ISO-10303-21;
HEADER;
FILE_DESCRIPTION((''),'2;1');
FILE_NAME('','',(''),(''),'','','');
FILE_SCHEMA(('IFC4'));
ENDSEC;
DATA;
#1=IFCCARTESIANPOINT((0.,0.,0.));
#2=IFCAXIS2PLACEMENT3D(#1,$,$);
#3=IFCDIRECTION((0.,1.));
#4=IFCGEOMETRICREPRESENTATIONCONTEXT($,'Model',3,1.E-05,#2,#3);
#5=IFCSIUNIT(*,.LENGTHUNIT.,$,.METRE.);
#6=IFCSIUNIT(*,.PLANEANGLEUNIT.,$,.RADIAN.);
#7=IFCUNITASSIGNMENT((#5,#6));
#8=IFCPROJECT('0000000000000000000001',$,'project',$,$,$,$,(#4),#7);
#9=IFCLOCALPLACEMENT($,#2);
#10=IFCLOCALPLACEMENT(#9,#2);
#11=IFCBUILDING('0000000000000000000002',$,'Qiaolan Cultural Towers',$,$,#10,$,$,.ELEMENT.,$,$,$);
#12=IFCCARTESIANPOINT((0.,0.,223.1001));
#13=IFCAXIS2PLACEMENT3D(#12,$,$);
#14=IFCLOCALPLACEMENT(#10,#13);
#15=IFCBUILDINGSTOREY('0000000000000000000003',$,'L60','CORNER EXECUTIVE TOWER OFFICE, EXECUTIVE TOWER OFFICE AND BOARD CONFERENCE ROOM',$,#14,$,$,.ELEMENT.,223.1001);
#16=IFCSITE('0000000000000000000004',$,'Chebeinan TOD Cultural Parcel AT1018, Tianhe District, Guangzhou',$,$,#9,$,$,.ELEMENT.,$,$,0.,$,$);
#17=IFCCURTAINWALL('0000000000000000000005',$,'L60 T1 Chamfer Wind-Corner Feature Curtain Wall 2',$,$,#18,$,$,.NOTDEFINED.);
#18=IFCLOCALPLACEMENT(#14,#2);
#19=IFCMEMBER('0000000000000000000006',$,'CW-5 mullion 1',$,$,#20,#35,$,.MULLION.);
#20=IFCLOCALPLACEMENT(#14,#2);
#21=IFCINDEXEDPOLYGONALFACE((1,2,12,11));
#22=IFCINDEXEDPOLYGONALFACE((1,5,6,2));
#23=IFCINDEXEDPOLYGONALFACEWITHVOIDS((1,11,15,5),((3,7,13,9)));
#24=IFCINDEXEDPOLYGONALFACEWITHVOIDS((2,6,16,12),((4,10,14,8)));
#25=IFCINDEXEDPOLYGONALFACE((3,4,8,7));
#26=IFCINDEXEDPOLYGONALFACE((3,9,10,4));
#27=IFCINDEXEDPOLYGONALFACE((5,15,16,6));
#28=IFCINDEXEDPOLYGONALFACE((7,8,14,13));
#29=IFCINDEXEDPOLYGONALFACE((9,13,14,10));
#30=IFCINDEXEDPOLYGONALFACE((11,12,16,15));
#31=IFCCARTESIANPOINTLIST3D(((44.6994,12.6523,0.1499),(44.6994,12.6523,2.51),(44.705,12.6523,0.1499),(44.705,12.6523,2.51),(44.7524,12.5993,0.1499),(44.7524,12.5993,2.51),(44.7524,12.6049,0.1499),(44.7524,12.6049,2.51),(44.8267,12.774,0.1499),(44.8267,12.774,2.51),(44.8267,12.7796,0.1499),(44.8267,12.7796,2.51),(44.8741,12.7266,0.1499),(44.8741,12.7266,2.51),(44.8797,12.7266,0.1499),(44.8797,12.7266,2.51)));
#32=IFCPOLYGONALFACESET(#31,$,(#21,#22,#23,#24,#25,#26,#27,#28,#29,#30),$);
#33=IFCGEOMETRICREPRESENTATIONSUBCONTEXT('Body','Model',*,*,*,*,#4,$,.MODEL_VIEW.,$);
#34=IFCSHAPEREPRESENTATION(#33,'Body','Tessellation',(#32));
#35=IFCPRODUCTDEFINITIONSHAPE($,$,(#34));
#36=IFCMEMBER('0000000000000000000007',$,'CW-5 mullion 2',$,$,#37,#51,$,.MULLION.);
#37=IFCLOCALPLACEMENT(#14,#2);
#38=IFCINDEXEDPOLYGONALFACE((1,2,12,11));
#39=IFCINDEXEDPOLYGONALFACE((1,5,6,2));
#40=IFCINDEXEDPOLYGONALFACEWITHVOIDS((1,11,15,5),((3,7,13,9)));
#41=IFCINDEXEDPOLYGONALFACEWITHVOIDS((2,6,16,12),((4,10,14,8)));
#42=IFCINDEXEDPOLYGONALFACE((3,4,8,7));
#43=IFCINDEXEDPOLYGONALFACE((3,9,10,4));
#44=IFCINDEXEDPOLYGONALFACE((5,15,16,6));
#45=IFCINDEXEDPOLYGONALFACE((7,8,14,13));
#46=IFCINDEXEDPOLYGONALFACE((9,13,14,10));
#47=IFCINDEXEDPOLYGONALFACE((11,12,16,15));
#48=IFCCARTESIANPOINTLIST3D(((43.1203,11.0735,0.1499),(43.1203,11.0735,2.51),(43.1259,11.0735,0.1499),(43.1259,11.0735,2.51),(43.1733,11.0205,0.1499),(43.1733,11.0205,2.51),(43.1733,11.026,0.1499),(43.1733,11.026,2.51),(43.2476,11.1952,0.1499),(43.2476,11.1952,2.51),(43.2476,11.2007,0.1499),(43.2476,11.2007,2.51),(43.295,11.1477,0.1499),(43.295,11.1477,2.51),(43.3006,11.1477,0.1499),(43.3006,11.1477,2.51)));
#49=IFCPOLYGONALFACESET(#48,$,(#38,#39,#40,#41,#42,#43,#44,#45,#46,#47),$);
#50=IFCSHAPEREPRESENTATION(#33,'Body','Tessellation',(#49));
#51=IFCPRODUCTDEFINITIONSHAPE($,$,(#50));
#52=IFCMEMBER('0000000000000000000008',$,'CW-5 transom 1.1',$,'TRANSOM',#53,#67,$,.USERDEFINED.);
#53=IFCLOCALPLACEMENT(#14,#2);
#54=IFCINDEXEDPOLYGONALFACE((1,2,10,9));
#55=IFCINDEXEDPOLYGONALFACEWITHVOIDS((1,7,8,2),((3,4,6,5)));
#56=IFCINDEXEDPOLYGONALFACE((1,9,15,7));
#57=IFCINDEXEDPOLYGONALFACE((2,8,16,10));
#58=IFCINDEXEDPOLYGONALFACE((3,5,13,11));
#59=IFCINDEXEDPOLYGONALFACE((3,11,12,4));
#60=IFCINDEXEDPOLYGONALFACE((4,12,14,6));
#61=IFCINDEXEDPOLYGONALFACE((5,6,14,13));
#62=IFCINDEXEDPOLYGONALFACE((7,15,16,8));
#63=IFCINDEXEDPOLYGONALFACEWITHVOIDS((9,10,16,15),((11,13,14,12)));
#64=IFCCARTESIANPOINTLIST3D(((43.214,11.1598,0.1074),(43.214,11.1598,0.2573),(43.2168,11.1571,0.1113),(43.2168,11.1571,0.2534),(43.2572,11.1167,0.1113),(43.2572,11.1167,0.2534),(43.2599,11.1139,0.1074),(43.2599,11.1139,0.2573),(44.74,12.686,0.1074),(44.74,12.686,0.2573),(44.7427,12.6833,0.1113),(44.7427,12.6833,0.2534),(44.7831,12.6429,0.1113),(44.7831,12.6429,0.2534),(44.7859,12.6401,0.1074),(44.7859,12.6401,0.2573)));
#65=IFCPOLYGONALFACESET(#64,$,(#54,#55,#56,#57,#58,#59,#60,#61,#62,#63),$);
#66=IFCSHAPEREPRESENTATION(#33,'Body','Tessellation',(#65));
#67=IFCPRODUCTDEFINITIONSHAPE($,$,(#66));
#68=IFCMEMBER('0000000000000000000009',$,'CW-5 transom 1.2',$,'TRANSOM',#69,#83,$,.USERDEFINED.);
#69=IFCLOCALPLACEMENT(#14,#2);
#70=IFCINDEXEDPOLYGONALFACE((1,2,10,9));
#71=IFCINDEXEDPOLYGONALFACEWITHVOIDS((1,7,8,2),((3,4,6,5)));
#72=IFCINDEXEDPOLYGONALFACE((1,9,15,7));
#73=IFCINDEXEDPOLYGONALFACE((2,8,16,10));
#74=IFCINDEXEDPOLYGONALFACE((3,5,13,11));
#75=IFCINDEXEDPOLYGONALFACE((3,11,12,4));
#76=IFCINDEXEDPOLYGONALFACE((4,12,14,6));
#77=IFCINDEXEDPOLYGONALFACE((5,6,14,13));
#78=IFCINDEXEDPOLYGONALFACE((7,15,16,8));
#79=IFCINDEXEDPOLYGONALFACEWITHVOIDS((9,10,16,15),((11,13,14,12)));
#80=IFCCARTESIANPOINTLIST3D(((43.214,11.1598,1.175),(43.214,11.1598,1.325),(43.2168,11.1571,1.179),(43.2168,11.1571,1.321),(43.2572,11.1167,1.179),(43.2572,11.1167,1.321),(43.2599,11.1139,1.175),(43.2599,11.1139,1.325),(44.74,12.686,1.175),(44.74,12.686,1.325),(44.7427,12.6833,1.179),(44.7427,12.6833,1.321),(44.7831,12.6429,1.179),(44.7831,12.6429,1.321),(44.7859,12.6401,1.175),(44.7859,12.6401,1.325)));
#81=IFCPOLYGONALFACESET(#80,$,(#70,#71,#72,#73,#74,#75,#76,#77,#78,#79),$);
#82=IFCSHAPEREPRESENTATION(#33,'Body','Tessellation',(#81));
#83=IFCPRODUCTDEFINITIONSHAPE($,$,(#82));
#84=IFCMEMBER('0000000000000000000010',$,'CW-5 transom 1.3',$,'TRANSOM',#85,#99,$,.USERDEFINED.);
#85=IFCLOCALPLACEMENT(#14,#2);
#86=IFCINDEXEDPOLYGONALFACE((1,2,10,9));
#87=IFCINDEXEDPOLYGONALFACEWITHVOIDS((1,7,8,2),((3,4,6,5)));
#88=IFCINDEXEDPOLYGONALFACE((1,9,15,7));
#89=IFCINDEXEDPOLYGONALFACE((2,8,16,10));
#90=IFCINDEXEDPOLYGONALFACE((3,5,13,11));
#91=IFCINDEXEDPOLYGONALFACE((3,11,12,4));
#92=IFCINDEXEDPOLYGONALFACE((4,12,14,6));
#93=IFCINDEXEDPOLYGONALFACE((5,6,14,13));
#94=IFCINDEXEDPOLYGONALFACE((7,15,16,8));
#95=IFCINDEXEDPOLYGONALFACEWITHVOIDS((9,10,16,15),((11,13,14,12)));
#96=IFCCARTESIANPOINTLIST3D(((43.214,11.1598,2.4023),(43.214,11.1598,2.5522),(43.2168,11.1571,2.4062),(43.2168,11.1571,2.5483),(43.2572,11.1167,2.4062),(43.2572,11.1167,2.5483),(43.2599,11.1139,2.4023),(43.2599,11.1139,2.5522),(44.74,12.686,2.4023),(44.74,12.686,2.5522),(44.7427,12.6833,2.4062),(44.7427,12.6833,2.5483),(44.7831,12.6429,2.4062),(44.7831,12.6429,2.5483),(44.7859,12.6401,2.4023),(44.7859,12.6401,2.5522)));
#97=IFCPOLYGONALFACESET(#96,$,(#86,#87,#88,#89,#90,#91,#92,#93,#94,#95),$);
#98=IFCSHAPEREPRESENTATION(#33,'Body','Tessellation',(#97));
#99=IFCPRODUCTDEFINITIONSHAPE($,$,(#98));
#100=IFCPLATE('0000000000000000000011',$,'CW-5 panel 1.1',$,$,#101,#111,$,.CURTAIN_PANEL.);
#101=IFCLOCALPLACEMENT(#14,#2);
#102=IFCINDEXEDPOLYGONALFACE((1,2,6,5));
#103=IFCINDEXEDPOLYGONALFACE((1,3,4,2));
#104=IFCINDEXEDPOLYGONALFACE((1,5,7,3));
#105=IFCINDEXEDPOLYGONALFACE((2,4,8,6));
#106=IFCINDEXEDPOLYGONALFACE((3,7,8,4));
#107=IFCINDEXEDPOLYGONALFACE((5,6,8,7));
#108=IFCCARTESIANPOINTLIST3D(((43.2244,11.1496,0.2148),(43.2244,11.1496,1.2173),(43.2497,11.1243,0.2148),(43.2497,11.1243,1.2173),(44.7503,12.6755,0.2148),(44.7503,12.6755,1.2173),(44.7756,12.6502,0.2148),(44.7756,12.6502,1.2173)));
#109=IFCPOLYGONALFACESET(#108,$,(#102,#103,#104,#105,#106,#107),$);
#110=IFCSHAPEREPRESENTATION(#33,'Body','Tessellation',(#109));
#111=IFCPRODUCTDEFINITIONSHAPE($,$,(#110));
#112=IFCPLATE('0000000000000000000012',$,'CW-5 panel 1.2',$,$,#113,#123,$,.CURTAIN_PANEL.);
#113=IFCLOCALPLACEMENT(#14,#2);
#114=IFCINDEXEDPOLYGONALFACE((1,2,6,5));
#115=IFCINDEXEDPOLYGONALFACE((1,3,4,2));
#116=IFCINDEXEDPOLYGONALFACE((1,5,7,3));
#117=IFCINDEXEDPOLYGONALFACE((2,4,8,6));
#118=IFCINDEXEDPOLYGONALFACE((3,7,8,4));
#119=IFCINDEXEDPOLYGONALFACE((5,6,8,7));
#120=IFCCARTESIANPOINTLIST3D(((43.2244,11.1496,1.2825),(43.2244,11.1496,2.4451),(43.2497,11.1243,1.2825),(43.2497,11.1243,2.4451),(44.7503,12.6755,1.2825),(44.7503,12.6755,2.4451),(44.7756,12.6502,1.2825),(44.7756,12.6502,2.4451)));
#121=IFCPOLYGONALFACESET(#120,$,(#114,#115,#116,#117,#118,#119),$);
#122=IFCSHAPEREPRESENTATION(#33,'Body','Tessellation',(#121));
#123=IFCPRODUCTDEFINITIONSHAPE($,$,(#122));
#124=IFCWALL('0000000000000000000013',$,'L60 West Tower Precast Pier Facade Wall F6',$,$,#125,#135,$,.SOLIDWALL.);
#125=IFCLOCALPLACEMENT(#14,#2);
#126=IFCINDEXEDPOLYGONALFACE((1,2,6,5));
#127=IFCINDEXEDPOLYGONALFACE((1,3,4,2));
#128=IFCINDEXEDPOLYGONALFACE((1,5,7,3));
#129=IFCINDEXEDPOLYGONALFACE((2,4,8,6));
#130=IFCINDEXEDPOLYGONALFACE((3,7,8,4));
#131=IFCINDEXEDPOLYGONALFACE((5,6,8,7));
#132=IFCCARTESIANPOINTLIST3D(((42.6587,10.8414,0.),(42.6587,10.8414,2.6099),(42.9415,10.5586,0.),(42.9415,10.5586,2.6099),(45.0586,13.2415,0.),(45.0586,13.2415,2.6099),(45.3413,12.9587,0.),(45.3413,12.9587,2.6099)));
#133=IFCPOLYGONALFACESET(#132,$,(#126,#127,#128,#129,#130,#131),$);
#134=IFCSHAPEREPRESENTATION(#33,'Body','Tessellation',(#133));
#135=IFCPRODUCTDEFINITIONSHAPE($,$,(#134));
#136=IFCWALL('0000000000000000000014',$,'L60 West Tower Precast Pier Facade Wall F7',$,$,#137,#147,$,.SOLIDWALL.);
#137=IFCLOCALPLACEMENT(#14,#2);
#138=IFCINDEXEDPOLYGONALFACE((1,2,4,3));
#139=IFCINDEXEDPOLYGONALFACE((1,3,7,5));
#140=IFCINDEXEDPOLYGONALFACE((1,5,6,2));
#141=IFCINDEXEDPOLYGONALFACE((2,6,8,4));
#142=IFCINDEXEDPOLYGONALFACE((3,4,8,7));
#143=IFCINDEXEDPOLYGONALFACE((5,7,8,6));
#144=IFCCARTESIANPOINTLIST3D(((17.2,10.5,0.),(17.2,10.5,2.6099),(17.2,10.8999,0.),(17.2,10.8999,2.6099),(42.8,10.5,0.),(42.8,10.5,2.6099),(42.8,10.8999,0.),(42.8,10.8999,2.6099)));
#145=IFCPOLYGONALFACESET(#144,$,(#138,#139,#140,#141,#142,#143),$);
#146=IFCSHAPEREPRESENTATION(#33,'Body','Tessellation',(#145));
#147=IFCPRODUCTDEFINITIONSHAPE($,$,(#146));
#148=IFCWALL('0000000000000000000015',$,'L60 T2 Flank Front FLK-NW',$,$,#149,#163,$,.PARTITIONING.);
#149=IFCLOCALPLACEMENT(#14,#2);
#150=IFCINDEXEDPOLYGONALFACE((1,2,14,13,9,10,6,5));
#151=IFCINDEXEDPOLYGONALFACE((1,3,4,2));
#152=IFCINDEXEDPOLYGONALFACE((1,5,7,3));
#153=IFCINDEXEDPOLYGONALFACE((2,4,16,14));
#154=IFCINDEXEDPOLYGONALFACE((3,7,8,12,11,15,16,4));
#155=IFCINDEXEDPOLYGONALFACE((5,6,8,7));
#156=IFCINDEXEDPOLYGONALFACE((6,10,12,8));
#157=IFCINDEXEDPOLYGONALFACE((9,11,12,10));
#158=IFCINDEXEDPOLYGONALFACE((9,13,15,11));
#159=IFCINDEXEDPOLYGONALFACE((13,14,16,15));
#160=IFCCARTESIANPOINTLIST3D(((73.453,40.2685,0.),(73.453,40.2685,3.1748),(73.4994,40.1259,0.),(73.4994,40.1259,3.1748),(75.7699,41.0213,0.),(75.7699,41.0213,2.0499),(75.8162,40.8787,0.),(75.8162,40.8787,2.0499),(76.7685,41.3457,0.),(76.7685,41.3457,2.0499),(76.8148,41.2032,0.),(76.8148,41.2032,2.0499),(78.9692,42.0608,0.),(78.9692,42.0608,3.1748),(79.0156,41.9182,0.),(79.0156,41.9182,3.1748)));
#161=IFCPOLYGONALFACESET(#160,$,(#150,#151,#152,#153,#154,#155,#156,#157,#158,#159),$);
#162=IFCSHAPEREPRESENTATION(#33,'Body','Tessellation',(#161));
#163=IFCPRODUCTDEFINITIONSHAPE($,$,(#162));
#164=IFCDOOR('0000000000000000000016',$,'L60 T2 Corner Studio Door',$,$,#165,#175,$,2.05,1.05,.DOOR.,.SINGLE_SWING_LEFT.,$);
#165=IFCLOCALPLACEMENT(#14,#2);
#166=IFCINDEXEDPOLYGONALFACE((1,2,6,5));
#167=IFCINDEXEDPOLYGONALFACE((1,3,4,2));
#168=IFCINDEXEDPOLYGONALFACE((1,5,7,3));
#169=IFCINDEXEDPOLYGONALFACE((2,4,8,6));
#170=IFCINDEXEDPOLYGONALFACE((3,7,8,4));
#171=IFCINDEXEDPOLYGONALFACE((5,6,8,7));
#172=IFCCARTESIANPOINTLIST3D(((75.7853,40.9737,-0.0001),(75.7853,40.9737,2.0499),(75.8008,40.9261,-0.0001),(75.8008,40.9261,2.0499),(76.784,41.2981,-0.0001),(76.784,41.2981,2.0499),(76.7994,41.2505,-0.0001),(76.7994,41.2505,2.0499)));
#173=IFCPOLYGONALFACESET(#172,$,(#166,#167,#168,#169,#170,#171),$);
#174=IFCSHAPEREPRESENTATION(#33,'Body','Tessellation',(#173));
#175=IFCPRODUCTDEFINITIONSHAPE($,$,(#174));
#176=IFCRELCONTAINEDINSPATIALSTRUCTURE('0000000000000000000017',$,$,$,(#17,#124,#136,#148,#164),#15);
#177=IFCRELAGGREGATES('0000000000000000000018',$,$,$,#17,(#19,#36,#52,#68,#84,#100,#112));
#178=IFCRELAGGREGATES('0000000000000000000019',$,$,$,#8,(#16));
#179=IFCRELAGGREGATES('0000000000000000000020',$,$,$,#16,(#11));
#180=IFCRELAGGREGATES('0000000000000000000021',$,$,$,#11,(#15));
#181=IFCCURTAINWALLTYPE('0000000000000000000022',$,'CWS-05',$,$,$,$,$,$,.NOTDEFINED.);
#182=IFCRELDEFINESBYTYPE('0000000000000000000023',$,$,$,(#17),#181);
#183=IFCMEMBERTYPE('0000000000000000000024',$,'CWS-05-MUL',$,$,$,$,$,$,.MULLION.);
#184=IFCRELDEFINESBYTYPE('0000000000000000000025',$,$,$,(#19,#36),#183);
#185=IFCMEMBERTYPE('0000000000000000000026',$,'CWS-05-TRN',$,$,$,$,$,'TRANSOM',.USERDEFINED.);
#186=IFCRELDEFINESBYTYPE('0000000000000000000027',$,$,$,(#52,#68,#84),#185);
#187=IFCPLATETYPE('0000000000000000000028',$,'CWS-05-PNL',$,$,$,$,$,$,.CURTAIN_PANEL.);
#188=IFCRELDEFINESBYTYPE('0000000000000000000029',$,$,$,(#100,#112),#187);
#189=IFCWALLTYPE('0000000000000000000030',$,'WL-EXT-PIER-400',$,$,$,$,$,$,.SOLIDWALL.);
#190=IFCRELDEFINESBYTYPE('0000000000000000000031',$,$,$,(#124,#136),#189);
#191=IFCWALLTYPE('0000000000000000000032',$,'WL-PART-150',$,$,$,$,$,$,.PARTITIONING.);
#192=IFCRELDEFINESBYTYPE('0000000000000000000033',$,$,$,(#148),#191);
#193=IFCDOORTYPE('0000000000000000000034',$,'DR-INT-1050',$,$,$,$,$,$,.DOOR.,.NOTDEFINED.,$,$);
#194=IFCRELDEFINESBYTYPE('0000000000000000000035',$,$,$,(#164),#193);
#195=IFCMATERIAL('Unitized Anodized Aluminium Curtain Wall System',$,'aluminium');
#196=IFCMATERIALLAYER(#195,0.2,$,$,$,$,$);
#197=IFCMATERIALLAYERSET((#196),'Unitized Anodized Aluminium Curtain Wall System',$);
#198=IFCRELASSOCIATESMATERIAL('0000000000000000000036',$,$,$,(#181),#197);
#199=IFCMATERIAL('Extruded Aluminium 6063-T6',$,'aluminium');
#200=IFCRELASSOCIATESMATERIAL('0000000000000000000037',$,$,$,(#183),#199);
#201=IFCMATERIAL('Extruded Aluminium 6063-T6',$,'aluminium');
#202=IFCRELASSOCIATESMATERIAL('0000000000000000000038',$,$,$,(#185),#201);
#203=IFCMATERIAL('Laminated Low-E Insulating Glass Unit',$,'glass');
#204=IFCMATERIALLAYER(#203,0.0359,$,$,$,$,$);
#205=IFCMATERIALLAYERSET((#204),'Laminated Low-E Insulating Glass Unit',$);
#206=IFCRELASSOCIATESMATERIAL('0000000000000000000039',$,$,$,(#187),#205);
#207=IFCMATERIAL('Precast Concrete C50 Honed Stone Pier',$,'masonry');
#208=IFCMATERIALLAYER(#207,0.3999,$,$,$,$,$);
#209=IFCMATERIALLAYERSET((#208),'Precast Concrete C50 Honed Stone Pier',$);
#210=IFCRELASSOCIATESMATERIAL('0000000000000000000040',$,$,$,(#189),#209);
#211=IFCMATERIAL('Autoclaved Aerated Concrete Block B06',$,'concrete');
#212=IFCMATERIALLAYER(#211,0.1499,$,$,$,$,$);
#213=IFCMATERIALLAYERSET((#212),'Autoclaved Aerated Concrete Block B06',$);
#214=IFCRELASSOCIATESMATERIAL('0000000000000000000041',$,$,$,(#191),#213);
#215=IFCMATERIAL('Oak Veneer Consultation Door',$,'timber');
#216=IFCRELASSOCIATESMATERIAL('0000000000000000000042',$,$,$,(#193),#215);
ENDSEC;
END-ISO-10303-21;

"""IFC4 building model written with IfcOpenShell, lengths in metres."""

from ifc_helpers import new_model, si_unit, direction, frame, frame_2d, origin, origin_2d, place, context, subcontext, project, spatial, rectangle, hollow_rectangle, extrude, material, layer, layer_set, material_profile, profile_set, type_object, element, fill, aggregate, save


model = new_model("IFC4")

# Units and contexts
model_context = context("Model", 3, precision=1e-05, world=origin(), true_north=direction((0.0, 1.0)))
body_context = subcontext(model_context, "Body", "Model", "MODEL_VIEW")
ifc_project = project(units=[si_unit("LENGTHUNIT", "METRE"), si_unit("PLANEANGLEUNIT", "RADIAN")], contexts=[model_context])

# Site, building, storey
site_placement = place(None, origin())
site = spatial("IfcSite", under=ifc_project, at=site_placement, Name="Chebeinan TOD Cultural Parcel AT1018, Tianhe District, Guangzhou", CompositionType="ELEMENT", RefElevation=0.0)
building_placement = place(site_placement, origin())
building = spatial("IfcBuilding", under=site, at=building_placement, Name="Qiaolan Cultural Towers", CompositionType="ELEMENT")
storey_placement = place(building_placement, frame((0.0, 0.0, 223.1001)))
storey = spatial("IfcBuildingStorey", under=building, at=storey_placement, Name="L60", Description="CORNER EXECUTIVE TOWER OFFICE, EXECUTIVE TOWER OFFICE AND BOARD CONFERENCE ROOM", CompositionType="ELEMENT", Elevation=223.1001)

# Curtain wall, members, plates
ifc_material_1 = material(Name="Unitized Anodized Aluminium Curtain Wall System", Category="aluminium")
ifc_layer_1 = layer(ifc_material_1, 0.2)
ifc_layer_set_1 = layer_set([ifc_layer_1], Name="Unitized Anodized Aluminium Curtain Wall System")
curtain_wall_type = type_object("IfcCurtainWallType", Name="CWS-05", PredefinedType="NOTDEFINED", material=ifc_layer_set_1)
curtain_wall_placement = place(storey_placement, origin())
curtain_wall = element("IfcCurtainWall", 1, at=curtain_wall_placement, inside=storey, type_object=curtain_wall_type, Name="L60 T1 Chamfer Wind-Corner Feature Curtain Wall 2", PredefinedType="NOTDEFINED")
ifc_material_2 = material(Name="Extruded Aluminium 6063-T6", Category="aluminium")
ifc_material_profile_1 = material_profile(ifc_material_2, hollow_rectangle(XDim=0.075, YDim=0.1799, WallThickness=0.0039, at=origin_2d()), Name="CWM-180x75x4")
ifc_profile_set_1 = profile_set([ifc_material_profile_1], Name="Extruded Aluminium 6063-T6")
member_type_1 = type_object("IfcMemberType", Name="CWS-05-MUL", PredefinedType="MULLION", material=ifc_profile_set_1)
member_1_placement = place(storey_placement, frame((44.7896, 12.6895, 0.1499), z_axis=(0.0, 0.0, 1.0), x_axis=(0.707107, -0.707107, 0.0)))
member_1 = element("IfcMember", 2, at=member_1_placement, type_object=member_type_1, Name="CW-5 mullion 1", PredefinedType="MULLION", context=body_context, shape_type="SweptSolid", body=[
    extrude(hollow_rectangle(XDim=0.075, YDim=0.1799, WallThickness=0.0039, at=origin_2d()), origin(), (0.0, 0.0, 1.0), 2.3601),
])
member_2_placement = place(storey_placement, frame((43.2104, 11.1106, 0.1499), z_axis=(0.0, 0.0, 1.0), x_axis=(0.707107, -0.707107, 0.0)))
member_2 = element("IfcMember", 3, at=member_2_placement, type_object=member_type_1, Name="CW-5 mullion 2", PredefinedType="MULLION", context=body_context, shape_type="SweptSolid", body=[
    extrude(hollow_rectangle(XDim=0.075, YDim=0.1799, WallThickness=0.0039, at=origin_2d()), origin(), (0.0, 0.0, 1.0), 2.3601),
])
ifc_material_3 = material(Name="Extruded Aluminium 6063-T6", Category="aluminium")
ifc_material_profile_2 = material_profile(ifc_material_3, hollow_rectangle(XDim=0.0649, YDim=0.1499, WallThickness=0.0039, at=origin_2d()), Name="CWT-150x65x4")
ifc_profile_set_2 = profile_set([ifc_material_profile_2], Name="Extruded Aluminium 6063-T6")
member_type_2 = type_object("IfcMemberType", Name="CWS-05-TRN", ElementType="TRANSOM", PredefinedType="USERDEFINED", material=ifc_profile_set_2)
member_3_placement = place(storey_placement, frame((44.7629, 12.6631, 0.1824), z_axis=(-0.70705, -0.707163, 0.0), x_axis=(0.707163, -0.70705, 0.0)))
member_3 = element("IfcMember", 4, at=member_3_placement, type_object=member_type_2, Name="CW-5 transom 1.1", ObjectType="TRANSOM", PredefinedType="USERDEFINED", context=body_context, shape_type="SweptSolid", body=[
    extrude(hollow_rectangle(XDim=0.0649, YDim=0.1499, WallThickness=0.0039, at=origin_2d()), origin(), (0.0, 0.0, 1.0), 2.1582),
])
member_4_placement = place(storey_placement, frame((44.7629, 12.6631, 1.25), z_axis=(-0.70705, -0.707163, 0.0), x_axis=(0.707163, -0.70705, 0.0)))
member_4 = element("IfcMember", 5, at=member_4_placement, type_object=member_type_2, Name="CW-5 transom 1.2", ObjectType="TRANSOM", PredefinedType="USERDEFINED", context=body_context, shape_type="SweptSolid", body=[
    extrude(hollow_rectangle(XDim=0.0649, YDim=0.1499, WallThickness=0.0039, at=origin_2d()), origin(), (0.0, 0.0, 1.0), 2.1582),
])
member_5_placement = place(storey_placement, frame((44.7629, 12.6631, 2.4773), z_axis=(-0.70705, -0.707163, 0.0), x_axis=(0.707163, -0.70705, 0.0)))
member_5 = element("IfcMember", 6, at=member_5_placement, type_object=member_type_2, Name="CW-5 transom 1.3", ObjectType="TRANSOM", PredefinedType="USERDEFINED", context=body_context, shape_type="SweptSolid", body=[
    extrude(hollow_rectangle(XDim=0.0649, YDim=0.1499, WallThickness=0.0039, at=origin_2d()), origin(), (0.0, 0.0, 1.0), 2.1582),
])
ifc_material_4 = material(Name="Laminated Low-E Insulating Glass Unit", Category="glass")
ifc_layer_2 = layer(ifc_material_4, 0.0359)
ifc_layer_set_2 = layer_set([ifc_layer_2], Name="Laminated Low-E Insulating Glass Unit")
plate_type = type_object("IfcPlateType", Name="CWS-05-PNL", PredefinedType="CURTAIN_PANEL", material=ifc_layer_set_2)
plate_1_placement = place(storey_placement, frame((44.0, 11.8999, 0.2148), z_axis=(0.0, 0.0, 1.0), x_axis=(-0.707107, -0.707107, 0.0)))
plate_1 = element("IfcPlate", 7, at=plate_1_placement, type_object=plate_type, Name="CW-5 panel 1.1", PredefinedType="CURTAIN_PANEL", context=body_context, shape_type="SweptSolid", body=[
    extrude(rectangle(XDim=2.158, YDim=0.0359, at=origin_2d()), origin(), (0.0, 0.0, 1.0), 1.0024),
])
plate_2_placement = place(storey_placement, frame((44.0, 11.8999, 1.2825), z_axis=(0.0, 0.0, 1.0), x_axis=(-0.707107, -0.707107, 0.0)))
plate_2 = element("IfcPlate", 8, at=plate_2_placement, type_object=plate_type, Name="CW-5 panel 1.2", PredefinedType="CURTAIN_PANEL", context=body_context, shape_type="SweptSolid", body=[
    extrude(rectangle(XDim=2.158, YDim=0.0359, at=origin_2d()), origin(), (0.0, 0.0, 1.0), 1.1626),
])
aggregate(curtain_wall, [member_1, member_2, member_3, member_4, member_5, plate_1, plate_2])

# Walls
ifc_material_5 = material(Name="Precast Concrete C50 Honed Stone Pier", Category="masonry")
ifc_layer_3 = layer(ifc_material_5, 0.3999)
ifc_layer_set_3 = layer_set([ifc_layer_3], Name="Precast Concrete C50 Honed Stone Pier")
wall_type_1 = type_object("IfcWallType", Name="WL-EXT-PIER-400", PredefinedType="SOLIDWALL", material=ifc_layer_set_3)
wall_1_placement = place(storey_placement, frame((45.2, 13.1001, 0.0), z_axis=(0.0, 0.0, 1.0), x_axis=(-0.707071, -0.707143, 0.0)))
element("IfcWall", 9, at=wall_1_placement, inside=storey, type_object=wall_type_1, Name="L60 West Tower Precast Pier Facade Wall F6", PredefinedType="SOLIDWALL", context=body_context, shape_type="SweptSolid", body=[
    extrude(rectangle(XDim=3.394, YDim=0.3999, at=frame_2d((1.697, 0.0))), origin(), (0.0, 0.0, 1.0), 2.6099),
])
wall_2_placement = place(storey_placement, frame((42.8, 10.7, 0.0), z_axis=(0.0, 0.0, 1.0), x_axis=(-1.0, 0.0, 0.0)))
element("IfcWall", 10, at=wall_2_placement, inside=storey, type_object=wall_type_1, Name="L60 West Tower Precast Pier Facade Wall F7", PredefinedType="SOLIDWALL", context=body_context, shape_type="SweptSolid", body=[
    extrude(rectangle(XDim=25.6001, YDim=0.3999, at=frame_2d((12.8, 0.0))), origin(), (0.0, 0.0, 1.0), 2.6099),
])

# Wall, opening, door
ifc_material_6 = material(Name="Autoclaved Aerated Concrete Block B06", Category="concrete")
ifc_layer_4 = layer(ifc_material_6, 0.1499)
ifc_layer_set_4 = layer_set([ifc_layer_4], Name="Autoclaved Aerated Concrete Block B06")
wall_type_2 = type_object("IfcWallType", Name="WL-PART-150", PredefinedType="PARTITIONING", material=ifc_layer_set_4)
wall_3_placement = place(storey_placement, frame((73.4763, 40.1973, 0.0), z_axis=(0.0, 0.0, 1.0), x_axis=(0.951059, 0.309008, 0.0)))
wall_3 = element("IfcWall", 11, at=wall_3_placement, inside=storey, type_object=wall_type_2, Name="L60 T2 Flank Front FLK-NW", PredefinedType="PARTITIONING", context=body_context, shape_type="SweptSolid", body=[
    extrude(rectangle(XDim=5.8, YDim=0.1499, at=frame_2d((2.8999, 0.0))), origin(), (0.0, 0.0, 1.0), 3.1748),
])
opening_placement = place(wall_3_placement, frame((2.436, 0.0, 0.0)))
opening = element("IfcOpeningElement", 12, at=opening_placement, cuts=wall_3, PredefinedType="OPENING", context=body_context, shape_type="SweptSolid", body=[
    extrude(rectangle(XDim=1.05, YDim=2.05, at=frame_2d((0.5249, 1.0249))), frame((0.0, 0.085, 0.0), z_axis=(0.0, -1.0, 0.0), x_axis=(1.0, 0.0, 0.0)), (0.0, 0.0, 1.0), 0.1699),
])
ifc_material_7 = material(Name="Oak Veneer Consultation Door", Category="timber")
door_type = type_object("IfcDoorType", Name="DR-INT-1050", OperationType="NOTDEFINED", PredefinedType="DOOR", material=ifc_material_7)
door_placement = place(opening_placement, origin())
door = element("IfcDoor", 13, at=door_placement, inside=storey, type_object=door_type, Name="L60 T2 Corner Studio Door", OperationType="SINGLE_SWING_LEFT", OverallHeight=2.05, OverallWidth=1.05, PredefinedType="DOOR", context=body_context, shape_type="SweptSolid", body=[
    extrude(rectangle(XDim=1.05, YDim=2.05, at=frame_2d((0.5249, 1.0249))), frame((0.0, 0.0249, 0.0), z_axis=(0.0, -1.0, 0.0), x_axis=(1.0, 0.0, 0.0)), (0.0, 0.0, 1.0), 0.05),
])
fill(opening, door)

save(model, "model.ifc")
